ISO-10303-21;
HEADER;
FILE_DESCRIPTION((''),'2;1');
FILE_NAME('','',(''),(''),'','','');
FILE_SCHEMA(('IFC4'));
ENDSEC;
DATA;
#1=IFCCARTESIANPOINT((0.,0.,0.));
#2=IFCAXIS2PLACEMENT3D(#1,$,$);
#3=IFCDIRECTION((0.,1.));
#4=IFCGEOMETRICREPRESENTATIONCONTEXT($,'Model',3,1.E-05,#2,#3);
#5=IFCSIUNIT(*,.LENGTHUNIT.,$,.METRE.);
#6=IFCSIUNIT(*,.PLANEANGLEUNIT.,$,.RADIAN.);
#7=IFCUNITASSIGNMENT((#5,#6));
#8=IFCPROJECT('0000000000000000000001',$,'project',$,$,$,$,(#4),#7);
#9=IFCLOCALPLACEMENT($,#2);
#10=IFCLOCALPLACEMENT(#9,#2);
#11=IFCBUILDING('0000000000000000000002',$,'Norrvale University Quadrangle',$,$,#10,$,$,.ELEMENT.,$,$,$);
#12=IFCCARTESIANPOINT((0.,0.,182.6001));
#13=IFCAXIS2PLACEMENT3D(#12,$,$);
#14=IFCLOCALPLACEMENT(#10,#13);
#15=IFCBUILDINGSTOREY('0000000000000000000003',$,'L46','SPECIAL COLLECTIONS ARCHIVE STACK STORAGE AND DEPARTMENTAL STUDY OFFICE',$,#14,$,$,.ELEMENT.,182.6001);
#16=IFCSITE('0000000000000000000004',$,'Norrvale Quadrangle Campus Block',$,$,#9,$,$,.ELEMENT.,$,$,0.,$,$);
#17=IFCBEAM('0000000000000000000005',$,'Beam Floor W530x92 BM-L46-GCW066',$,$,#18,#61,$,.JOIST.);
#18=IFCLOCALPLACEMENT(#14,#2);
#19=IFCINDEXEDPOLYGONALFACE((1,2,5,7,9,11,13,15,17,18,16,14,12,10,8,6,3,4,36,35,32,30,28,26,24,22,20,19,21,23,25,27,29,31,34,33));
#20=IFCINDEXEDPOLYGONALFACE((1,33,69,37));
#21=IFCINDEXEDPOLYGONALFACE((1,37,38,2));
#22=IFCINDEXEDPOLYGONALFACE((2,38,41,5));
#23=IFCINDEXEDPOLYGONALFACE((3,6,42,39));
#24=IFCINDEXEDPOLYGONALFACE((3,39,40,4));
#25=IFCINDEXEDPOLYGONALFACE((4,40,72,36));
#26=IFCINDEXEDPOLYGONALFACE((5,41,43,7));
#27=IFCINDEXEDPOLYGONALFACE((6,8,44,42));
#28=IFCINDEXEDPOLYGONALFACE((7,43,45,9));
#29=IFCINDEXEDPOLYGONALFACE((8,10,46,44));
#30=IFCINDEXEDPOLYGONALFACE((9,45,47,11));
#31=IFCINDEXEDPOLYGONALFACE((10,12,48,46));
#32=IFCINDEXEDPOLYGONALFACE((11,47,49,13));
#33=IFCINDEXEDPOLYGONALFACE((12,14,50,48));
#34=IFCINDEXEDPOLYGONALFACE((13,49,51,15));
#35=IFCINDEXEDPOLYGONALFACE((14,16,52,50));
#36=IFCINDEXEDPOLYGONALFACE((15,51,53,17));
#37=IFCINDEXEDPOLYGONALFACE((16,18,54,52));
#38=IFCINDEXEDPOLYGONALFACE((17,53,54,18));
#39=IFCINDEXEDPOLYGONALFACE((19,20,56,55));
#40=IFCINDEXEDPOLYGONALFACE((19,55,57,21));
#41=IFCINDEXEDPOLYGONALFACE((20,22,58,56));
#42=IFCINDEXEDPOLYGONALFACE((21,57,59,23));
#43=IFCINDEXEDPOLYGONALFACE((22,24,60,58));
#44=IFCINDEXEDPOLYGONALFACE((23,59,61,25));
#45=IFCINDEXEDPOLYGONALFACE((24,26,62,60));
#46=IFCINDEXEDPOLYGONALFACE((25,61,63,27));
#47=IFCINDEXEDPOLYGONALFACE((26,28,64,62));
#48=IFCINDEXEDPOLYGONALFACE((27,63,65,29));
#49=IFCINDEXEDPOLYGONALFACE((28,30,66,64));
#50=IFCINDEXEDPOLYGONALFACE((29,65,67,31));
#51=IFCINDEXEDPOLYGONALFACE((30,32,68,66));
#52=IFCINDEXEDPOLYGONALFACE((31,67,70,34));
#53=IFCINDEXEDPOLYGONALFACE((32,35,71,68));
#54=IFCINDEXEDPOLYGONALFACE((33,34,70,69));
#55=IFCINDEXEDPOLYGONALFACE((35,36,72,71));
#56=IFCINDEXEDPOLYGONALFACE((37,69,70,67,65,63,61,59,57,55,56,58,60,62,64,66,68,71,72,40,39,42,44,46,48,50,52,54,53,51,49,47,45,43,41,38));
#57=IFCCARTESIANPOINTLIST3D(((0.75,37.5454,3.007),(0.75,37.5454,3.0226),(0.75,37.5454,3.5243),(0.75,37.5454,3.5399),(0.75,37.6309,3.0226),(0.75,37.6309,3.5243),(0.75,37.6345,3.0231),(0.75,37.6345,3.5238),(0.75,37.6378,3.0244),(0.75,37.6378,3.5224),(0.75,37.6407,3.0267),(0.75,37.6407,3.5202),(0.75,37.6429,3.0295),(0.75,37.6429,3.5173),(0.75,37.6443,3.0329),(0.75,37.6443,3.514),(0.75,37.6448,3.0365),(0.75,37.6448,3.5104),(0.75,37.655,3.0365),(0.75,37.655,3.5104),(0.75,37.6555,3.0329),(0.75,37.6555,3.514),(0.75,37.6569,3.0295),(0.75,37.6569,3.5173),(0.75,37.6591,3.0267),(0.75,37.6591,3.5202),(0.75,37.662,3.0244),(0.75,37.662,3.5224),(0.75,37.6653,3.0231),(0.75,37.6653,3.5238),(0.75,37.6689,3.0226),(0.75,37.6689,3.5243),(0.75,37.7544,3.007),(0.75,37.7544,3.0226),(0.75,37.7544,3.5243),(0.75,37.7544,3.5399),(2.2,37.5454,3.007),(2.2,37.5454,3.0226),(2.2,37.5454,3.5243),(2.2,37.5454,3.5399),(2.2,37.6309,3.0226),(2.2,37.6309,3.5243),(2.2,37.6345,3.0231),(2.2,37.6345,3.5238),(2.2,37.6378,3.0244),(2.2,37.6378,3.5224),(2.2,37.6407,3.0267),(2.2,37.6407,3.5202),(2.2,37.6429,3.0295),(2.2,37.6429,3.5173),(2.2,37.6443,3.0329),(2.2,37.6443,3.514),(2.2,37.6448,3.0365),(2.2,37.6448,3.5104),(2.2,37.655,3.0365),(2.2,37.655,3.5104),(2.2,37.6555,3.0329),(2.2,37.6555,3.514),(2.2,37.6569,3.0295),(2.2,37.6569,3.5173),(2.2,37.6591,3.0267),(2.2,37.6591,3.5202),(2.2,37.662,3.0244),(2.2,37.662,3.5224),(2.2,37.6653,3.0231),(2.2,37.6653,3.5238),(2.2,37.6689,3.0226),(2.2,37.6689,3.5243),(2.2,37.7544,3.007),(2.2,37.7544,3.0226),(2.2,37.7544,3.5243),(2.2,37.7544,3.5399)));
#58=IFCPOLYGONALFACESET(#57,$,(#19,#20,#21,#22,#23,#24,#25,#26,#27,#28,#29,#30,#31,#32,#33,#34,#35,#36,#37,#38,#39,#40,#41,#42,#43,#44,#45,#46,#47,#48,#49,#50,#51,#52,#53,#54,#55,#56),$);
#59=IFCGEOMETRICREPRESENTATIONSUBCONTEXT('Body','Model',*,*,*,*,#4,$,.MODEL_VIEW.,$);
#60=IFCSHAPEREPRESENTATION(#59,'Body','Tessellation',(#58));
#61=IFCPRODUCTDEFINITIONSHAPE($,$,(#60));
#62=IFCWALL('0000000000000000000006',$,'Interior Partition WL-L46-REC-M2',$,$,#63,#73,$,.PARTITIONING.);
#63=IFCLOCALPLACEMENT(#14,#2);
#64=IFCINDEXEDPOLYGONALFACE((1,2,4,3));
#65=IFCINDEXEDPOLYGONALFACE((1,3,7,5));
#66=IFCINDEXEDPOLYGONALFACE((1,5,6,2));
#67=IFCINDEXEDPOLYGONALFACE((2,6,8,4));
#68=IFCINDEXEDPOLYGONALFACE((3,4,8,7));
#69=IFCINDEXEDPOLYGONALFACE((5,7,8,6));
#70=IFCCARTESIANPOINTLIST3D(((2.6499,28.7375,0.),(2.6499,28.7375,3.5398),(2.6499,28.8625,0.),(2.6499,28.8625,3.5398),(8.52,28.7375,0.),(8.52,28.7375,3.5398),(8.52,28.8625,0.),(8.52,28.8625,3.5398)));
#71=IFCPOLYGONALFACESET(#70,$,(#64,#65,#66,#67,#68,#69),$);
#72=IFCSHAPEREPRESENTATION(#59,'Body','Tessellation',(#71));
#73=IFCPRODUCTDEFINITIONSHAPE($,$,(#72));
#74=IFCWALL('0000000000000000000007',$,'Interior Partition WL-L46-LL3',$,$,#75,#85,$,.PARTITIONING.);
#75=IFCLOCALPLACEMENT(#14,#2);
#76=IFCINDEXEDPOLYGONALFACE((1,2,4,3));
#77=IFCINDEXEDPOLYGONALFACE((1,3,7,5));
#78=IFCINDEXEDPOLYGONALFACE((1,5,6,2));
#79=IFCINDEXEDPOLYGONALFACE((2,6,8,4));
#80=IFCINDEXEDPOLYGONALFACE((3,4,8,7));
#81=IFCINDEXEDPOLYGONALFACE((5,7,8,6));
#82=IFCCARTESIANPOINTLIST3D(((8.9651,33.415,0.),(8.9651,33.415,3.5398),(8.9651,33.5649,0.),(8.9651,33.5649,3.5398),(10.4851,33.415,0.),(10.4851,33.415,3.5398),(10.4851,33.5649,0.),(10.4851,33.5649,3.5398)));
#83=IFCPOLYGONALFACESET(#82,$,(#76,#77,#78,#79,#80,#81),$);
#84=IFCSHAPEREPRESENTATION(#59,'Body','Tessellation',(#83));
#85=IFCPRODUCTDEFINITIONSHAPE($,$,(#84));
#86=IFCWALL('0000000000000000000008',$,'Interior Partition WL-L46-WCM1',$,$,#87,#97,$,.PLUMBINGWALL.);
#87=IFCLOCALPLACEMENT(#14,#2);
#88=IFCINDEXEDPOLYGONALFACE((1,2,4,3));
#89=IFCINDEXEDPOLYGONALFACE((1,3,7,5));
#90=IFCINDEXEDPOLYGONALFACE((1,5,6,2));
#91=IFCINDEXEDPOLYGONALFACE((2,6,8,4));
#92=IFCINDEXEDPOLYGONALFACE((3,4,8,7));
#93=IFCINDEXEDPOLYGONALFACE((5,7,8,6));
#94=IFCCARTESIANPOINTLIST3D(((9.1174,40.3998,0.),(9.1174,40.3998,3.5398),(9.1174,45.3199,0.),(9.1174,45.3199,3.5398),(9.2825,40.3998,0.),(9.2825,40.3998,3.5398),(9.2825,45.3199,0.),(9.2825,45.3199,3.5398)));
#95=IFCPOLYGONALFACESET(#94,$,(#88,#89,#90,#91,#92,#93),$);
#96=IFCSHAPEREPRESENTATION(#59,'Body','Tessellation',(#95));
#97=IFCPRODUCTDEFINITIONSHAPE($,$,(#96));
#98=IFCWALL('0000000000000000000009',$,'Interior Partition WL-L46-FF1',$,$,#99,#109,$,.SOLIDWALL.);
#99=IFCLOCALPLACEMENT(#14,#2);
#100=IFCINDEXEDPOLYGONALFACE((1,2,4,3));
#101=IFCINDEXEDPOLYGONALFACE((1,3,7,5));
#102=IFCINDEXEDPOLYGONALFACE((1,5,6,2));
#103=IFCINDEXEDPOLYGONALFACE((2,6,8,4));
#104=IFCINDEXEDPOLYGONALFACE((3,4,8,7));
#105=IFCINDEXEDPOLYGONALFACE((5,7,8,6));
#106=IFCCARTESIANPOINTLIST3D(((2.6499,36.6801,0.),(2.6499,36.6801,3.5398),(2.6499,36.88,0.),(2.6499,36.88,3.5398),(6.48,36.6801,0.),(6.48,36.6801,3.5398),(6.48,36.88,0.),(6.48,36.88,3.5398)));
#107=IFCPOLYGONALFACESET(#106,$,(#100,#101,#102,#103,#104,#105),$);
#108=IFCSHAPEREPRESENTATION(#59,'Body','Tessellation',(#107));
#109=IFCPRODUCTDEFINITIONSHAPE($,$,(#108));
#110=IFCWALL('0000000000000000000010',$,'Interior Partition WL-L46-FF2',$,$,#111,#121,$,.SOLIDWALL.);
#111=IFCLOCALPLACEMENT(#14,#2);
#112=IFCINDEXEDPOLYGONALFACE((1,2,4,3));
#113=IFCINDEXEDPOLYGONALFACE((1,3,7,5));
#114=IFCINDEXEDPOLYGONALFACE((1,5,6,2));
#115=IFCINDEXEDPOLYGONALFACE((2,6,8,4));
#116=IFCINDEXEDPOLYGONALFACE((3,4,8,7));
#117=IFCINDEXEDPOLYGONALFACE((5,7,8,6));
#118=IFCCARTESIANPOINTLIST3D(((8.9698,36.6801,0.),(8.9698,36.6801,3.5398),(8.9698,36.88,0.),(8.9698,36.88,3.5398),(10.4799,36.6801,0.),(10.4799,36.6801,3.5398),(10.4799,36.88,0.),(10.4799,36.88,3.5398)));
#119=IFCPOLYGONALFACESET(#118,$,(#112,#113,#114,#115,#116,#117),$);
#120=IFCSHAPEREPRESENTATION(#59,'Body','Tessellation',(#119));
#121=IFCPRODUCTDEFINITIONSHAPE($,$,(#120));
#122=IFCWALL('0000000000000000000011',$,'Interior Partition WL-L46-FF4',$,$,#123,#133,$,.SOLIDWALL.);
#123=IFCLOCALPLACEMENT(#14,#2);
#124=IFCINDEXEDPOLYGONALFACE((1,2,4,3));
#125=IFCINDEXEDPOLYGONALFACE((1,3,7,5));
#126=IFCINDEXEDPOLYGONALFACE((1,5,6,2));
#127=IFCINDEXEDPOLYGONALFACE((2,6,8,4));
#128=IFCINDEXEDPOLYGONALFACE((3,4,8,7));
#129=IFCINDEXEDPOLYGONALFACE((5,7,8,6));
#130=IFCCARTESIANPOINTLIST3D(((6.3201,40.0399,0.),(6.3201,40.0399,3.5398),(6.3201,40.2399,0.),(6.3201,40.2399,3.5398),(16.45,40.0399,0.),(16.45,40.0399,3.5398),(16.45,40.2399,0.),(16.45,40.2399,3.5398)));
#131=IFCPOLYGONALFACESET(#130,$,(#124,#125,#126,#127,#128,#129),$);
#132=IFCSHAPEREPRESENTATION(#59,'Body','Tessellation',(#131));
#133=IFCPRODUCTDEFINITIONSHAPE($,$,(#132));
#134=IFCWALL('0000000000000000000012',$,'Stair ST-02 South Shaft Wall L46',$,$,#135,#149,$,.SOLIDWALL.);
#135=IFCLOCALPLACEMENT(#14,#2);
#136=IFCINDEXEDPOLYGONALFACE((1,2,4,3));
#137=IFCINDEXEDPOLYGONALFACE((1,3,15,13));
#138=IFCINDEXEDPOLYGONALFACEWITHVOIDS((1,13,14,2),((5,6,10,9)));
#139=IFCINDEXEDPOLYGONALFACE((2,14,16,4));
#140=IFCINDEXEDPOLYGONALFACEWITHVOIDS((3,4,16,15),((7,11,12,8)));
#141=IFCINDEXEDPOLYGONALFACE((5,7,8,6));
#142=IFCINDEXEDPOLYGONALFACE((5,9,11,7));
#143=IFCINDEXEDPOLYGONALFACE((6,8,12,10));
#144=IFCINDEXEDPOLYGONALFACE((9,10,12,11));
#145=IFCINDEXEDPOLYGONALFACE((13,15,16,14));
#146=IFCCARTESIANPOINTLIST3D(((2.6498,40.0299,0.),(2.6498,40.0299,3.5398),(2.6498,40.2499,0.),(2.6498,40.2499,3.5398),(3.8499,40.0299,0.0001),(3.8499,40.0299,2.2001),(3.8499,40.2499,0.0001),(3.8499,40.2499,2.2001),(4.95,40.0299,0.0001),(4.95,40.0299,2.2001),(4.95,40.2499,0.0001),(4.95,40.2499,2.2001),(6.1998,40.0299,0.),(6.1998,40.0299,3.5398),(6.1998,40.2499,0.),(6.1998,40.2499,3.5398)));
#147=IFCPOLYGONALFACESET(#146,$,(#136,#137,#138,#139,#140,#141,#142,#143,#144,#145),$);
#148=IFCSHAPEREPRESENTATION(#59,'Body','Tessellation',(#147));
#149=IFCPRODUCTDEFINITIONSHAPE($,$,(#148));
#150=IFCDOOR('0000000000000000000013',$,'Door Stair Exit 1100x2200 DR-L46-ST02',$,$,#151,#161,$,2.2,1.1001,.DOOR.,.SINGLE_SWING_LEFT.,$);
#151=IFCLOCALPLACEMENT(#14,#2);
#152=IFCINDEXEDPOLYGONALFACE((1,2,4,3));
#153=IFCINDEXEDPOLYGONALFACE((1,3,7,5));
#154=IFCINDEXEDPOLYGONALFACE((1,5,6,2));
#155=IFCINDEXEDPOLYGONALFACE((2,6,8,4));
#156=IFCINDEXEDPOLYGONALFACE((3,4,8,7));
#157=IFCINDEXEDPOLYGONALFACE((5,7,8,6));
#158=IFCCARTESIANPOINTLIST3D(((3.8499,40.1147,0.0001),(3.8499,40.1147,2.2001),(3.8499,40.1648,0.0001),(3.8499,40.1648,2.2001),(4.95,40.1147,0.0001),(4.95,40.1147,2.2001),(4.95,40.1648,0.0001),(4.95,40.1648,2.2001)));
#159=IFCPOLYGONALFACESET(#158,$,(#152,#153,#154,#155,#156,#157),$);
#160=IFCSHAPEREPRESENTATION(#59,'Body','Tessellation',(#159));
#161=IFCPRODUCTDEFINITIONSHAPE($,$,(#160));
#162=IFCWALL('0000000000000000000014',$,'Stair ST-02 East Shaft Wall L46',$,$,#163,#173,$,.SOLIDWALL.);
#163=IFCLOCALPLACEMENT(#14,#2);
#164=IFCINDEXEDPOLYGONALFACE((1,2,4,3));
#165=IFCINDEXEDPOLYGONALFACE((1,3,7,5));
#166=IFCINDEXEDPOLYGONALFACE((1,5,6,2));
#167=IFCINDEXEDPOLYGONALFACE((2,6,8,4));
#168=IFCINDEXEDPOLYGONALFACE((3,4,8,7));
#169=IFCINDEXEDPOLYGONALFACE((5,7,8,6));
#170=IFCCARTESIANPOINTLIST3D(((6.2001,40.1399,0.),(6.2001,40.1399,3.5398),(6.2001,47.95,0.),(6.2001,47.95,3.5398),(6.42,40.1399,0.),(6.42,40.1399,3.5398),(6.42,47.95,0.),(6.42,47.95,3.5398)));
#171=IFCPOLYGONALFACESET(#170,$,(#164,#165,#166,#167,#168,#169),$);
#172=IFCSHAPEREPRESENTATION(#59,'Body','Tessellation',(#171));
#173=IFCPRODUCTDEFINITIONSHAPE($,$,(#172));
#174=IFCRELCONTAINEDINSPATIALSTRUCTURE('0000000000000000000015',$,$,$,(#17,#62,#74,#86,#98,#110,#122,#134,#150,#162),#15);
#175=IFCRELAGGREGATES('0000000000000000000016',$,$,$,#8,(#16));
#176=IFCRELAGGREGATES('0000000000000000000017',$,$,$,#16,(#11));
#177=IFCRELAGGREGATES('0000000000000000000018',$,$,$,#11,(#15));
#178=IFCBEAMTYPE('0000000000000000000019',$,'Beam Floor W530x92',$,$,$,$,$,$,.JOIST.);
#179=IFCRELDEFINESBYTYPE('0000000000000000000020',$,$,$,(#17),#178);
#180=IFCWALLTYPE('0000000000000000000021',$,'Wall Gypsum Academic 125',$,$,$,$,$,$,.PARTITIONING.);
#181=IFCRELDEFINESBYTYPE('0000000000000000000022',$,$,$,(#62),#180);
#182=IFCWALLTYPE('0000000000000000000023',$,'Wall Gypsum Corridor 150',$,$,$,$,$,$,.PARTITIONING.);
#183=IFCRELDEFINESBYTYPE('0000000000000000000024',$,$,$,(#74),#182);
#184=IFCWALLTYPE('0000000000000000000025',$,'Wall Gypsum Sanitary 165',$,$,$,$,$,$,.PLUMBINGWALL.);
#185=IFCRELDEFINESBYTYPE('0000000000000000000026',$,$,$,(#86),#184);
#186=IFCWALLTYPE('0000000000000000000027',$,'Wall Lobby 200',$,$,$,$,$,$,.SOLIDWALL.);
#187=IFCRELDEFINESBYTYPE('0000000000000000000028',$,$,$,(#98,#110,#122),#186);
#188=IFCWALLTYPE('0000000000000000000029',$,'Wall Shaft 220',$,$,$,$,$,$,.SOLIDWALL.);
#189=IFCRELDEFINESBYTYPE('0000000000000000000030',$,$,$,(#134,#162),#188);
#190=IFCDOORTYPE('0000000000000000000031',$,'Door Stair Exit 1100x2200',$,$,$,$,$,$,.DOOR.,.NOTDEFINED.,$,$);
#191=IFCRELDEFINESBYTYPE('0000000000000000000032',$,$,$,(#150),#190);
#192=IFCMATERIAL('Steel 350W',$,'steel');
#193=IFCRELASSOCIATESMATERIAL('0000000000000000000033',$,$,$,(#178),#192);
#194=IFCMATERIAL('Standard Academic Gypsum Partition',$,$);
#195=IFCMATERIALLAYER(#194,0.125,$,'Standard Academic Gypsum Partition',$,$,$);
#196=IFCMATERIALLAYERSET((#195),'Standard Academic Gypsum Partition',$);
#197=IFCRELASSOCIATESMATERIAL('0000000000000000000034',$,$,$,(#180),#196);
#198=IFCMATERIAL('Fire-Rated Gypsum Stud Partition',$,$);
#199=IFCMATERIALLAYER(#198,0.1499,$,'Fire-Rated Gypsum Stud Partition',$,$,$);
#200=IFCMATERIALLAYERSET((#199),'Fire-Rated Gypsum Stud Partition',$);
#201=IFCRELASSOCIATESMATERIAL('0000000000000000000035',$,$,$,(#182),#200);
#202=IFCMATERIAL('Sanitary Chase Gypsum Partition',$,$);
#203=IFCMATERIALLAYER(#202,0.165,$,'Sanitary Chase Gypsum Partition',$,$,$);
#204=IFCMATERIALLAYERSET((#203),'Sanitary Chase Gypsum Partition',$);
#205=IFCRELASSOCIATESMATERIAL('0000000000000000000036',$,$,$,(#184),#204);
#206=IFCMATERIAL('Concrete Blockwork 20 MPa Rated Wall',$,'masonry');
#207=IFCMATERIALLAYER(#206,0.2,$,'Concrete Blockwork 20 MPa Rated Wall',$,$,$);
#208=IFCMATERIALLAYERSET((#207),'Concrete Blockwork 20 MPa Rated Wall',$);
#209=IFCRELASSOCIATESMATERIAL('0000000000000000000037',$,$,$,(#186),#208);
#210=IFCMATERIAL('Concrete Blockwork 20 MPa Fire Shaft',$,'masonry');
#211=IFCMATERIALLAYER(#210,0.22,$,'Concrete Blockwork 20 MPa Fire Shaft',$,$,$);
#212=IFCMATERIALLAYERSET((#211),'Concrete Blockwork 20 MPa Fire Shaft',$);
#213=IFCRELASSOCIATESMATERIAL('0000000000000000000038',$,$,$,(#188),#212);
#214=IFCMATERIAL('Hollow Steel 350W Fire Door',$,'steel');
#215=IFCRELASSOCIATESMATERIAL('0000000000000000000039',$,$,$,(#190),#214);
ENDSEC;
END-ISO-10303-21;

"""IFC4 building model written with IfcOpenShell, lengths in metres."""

from ifc_helpers import new_model, si_unit, direction, frame, frame_2d, origin, origin_2d, place, context, subcontext, project, spatial, rectangle, i_section, extrude, material, layer, layer_set, material_profile, profile_set, type_object, element, fill, save


model = new_model("IFC4")

# Units and contexts
model_context = context("Model", 3, precision=1e-05, world=origin(), true_north=direction((0.0, 1.0)))
body_context = subcontext(model_context, "Body", "Model", "MODEL_VIEW")
ifc_project = project(units=[si_unit("LENGTHUNIT", "METRE"), si_unit("PLANEANGLEUNIT", "RADIAN")], contexts=[model_context])

# Site, building, storey
site_placement = place(None, origin())
site = spatial("IfcSite", under=ifc_project, at=site_placement, Name="Norrvale Quadrangle Campus Block", CompositionType="ELEMENT", RefElevation=0.0)
building_placement = place(site_placement, origin())
building = spatial("IfcBuilding", under=site, at=building_placement, Name="Norrvale University Quadrangle", CompositionType="ELEMENT")
storey_placement = place(building_placement, frame((0.0, 0.0, 182.6001)))
storey = spatial("IfcBuildingStorey", under=building, at=storey_placement, Name="L46", Description="SPECIAL COLLECTIONS ARCHIVE STACK STORAGE AND DEPARTMENTAL STUDY OFFICE", CompositionType="ELEMENT", Elevation=182.6001)

# Beam
ifc_material_1 = material(Name="Steel 350W", Category="steel")
ifc_material_profile_1 = material_profile(ifc_material_1, i_section(OverallWidth=0.209, OverallDepth=0.533, WebThickness=0.0103, FlangeThickness=0.0156, FilletRadius=0.0139, at=origin_2d()), Name="Steel 350W")
ifc_profile_set_1 = profile_set([ifc_material_profile_1], Name="Steel 350W")
beam_type = type_object("IfcBeamType", Name="Beam Floor W530x92", PredefinedType="JOIST", material=ifc_profile_set_1)
for number, where, z_axis, x_axis, name in (
    (1, (0.75, 37.6499, 3.2734), (1.0, 0.0, 0.0), (0.0, 1.0, 0.0), "Beam Floor W530x92 BM-L46-GCW066"),
):
    element("IfcBeam", number, at=place(storey_placement, frame(where, z_axis=z_axis, x_axis=x_axis)), inside=storey, type_object=beam_type, Name=name, PredefinedType="JOIST", context=body_context, shape_type="SweptSolid", body=[
        extrude(i_section(OverallWidth=0.209, OverallDepth=0.533, WebThickness=0.0103, FlangeThickness=0.0156, FilletRadius=0.0139, at=origin_2d()), origin(), (0.0, 0.0, 1.0), 1.45),
    ])

# Walls
ifc_material_2 = material(Name="Standard Academic Gypsum Partition")
ifc_layer_1 = layer(ifc_material_2, 0.125, Name="Standard Academic Gypsum Partition")
ifc_layer_set_1 = layer_set([ifc_layer_1], Name="Standard Academic Gypsum Partition")
wall_type_1 = type_object("IfcWallType", Name="Wall Gypsum Academic 125", PredefinedType="PARTITIONING", material=ifc_layer_set_1)
wall_1_placement = place(storey_placement, frame((2.6499, 28.8, 0.0), z_axis=(0.0, 0.0, 1.0), x_axis=(1.0, 0.0, 0.0)))
element("IfcWall", 2, at=wall_1_placement, inside=storey, type_object=wall_type_1, Name="Interior Partition WL-L46-REC-M2", PredefinedType="PARTITIONING", context=body_context, shape_type="SweptSolid", body=[
    extrude(rectangle(XDim=5.8701, YDim=0.125, at=frame_2d((2.9351, 0.0))), origin(), (0.0, 0.0, 1.0), 3.5398),
])
ifc_material_3 = material(Name="Fire-Rated Gypsum Stud Partition")
ifc_layer_2 = layer(ifc_material_3, 0.1499, Name="Fire-Rated Gypsum Stud Partition")
ifc_layer_set_2 = layer_set([ifc_layer_2], Name="Fire-Rated Gypsum Stud Partition")
wall_type_2 = type_object("IfcWallType", Name="Wall Gypsum Corridor 150", PredefinedType="PARTITIONING", material=ifc_layer_set_2)
wall_2_placement = place(storey_placement, frame((8.9651, 33.49, 0.0), z_axis=(0.0, 0.0, 1.0), x_axis=(1.0, 0.0, 0.0)))
element("IfcWall", 3, at=wall_2_placement, inside=storey, type_object=wall_type_2, Name="Interior Partition WL-L46-LL3", PredefinedType="PARTITIONING", context=body_context, shape_type="SweptSolid", body=[
    extrude(rectangle(XDim=1.52, YDim=0.1499, at=frame_2d((0.76, 0.0))), origin(), (0.0, 0.0, 1.0), 3.5398),
])
ifc_material_4 = material(Name="Sanitary Chase Gypsum Partition")
ifc_layer_3 = layer(ifc_material_4, 0.165, Name="Sanitary Chase Gypsum Partition")
ifc_layer_set_3 = layer_set([ifc_layer_3], Name="Sanitary Chase Gypsum Partition")
wall_type_3 = type_object("IfcWallType", Name="Wall Gypsum Sanitary 165", PredefinedType="PLUMBINGWALL", material=ifc_layer_set_3)
wall_3_placement = place(storey_placement, frame((9.2, 40.3999, 0.0), z_axis=(0.0, 0.0, 1.0), x_axis=(0.0, 1.0, 0.0)))
element("IfcWall", 4, at=wall_3_placement, inside=storey, type_object=wall_type_3, Name="Interior Partition WL-L46-WCM1", PredefinedType="PLUMBINGWALL", context=body_context, shape_type="SweptSolid", body=[
    extrude(rectangle(XDim=4.9202, YDim=0.165, at=frame_2d((2.46, 0.0))), origin(), (0.0, 0.0, 1.0), 3.5398),
])
ifc_material_5 = material(Name="Concrete Blockwork 20 MPa Rated Wall", Category="masonry")
ifc_layer_4 = layer(ifc_material_5, 0.2, Name="Concrete Blockwork 20 MPa Rated Wall")
ifc_layer_set_4 = layer_set([ifc_layer_4], Name="Concrete Blockwork 20 MPa Rated Wall")
wall_type_4 = type_object("IfcWallType", Name="Wall Lobby 200", PredefinedType="SOLIDWALL", material=ifc_layer_set_4)
wall_4_placement = place(storey_placement, frame((2.6499, 36.78, 0.0), z_axis=(0.0, 0.0, 1.0), x_axis=(1.0, 0.0, 0.0)))
element("IfcWall", 5, at=wall_4_placement, inside=storey, type_object=wall_type_4, Name="Interior Partition WL-L46-FF1", PredefinedType="SOLIDWALL", context=body_context, shape_type="SweptSolid", body=[
    extrude(rectangle(XDim=3.8301, YDim=0.2, at=frame_2d((1.915, 0.0))), origin(), (0.0, 0.0, 1.0), 3.5398),
])
wall_5_placement = place(storey_placement, frame((8.97, 36.78, 0.0), z_axis=(0.0, 0.0, 1.0), x_axis=(1.0, 0.0, 0.0)))
element("IfcWall", 6, at=wall_5_placement, inside=storey, type_object=wall_type_4, Name="Interior Partition WL-L46-FF2", PredefinedType="SOLIDWALL", context=body_context, shape_type="SweptSolid", body=[
    extrude(rectangle(XDim=1.51, YDim=0.2, at=frame_2d((0.7549, 0.0))), origin(), (0.0, 0.0, 1.0), 3.5398),
])
wall_6_placement = place(storey_placement, frame((6.3201, 40.1399, 0.0), z_axis=(0.0, 0.0, 1.0), x_axis=(1.0, 0.0, 0.0)))
element("IfcWall", 7, at=wall_6_placement, inside=storey, type_object=wall_type_4, Name="Interior Partition WL-L46-FF4", PredefinedType="SOLIDWALL", context=body_context, shape_type="SweptSolid", body=[
    extrude(rectangle(XDim=10.1299, YDim=0.2, at=frame_2d((5.0649, 0.0))), origin(), (0.0, 0.0, 1.0), 3.5398),
])

# Wall, opening, door
ifc_material_6 = material(Name="Concrete Blockwork 20 MPa Fire Shaft", Category="masonry")
ifc_layer_5 = layer(ifc_material_6, 0.22, Name="Concrete Blockwork 20 MPa Fire Shaft")
ifc_layer_set_5 = layer_set([ifc_layer_5], Name="Concrete Blockwork 20 MPa Fire Shaft")
wall_type_5 = type_object("IfcWallType", Name="Wall Shaft 220", PredefinedType="SOLIDWALL", material=ifc_layer_set_5)
wall_7_placement = place(storey_placement, frame((2.6499, 40.1399, 0.0), z_axis=(0.0, 0.0, 1.0), x_axis=(1.0, 0.0, 0.0)))
wall_7 = element("IfcWall", 8, at=wall_7_placement, inside=storey, type_object=wall_type_5, Name="Stair ST-02 South Shaft Wall L46", PredefinedType="SOLIDWALL", context=body_context, shape_type="SweptSolid", body=[
    extrude(rectangle(XDim=3.55, YDim=0.22, at=frame_2d((1.7749, 0.0))), origin(), (0.0, 0.0, 1.0), 3.5398),
])
opening_1_placement = place(wall_7_placement, frame((1.2, 0.0, 0.0)))
opening_1 = element("IfcOpeningElement", 9, at=opening_1_placement, cuts=wall_7, PredefinedType="OPENING", context=body_context, shape_type="SweptSolid", body=[
    extrude(rectangle(XDim=1.1001, YDim=2.2, at=frame_2d((0.55, 1.1001))), frame((0.0, 0.1221, 0.0), z_axis=(0.0, -1.0, 0.0), x_axis=(1.0, 0.0, 0.0)), (0.0, 0.0, 1.0), 0.2439),
])
ifc_material_7 = material(Name="Hollow Steel 350W Fire Door", Category="steel")
door_type_1 = type_object("IfcDoorType", Name="Door Stair Exit 1100x2200", OperationType="NOTDEFINED", PredefinedType="DOOR", material=ifc_material_7)
door_1_placement = place(opening_1_placement, origin())
door_1 = element("IfcDoor", 10, at=door_1_placement, inside=storey, type_object=door_type_1, Name="Door Stair Exit 1100x2200 DR-L46-ST02", OperationType="SINGLE_SWING_LEFT", OverallHeight=2.2, OverallWidth=1.1001, PredefinedType="DOOR", context=body_context, shape_type="SweptSolid", body=[
    extrude(rectangle(XDim=1.1001, YDim=2.2, at=frame_2d((0.55, 1.1001))), frame((0.0, 0.0249, 0.0), z_axis=(0.0, -1.0, 0.0), x_axis=(1.0, 0.0, 0.0)), (0.0, 0.0, 1.0), 0.05),
])
fill(opening_1, door_1)

# Wall
wall_8_placement = place(storey_placement, frame((6.3101, 40.1399, 0.0), z_axis=(0.0, 0.0, 1.0), x_axis=(0.0, 1.0, 0.0)))
element("IfcWall", 11, at=wall_8_placement, inside=storey, type_object=wall_type_5, Name="Stair ST-02 East Shaft Wall L46", PredefinedType="SOLIDWALL", context=body_context, shape_type="SweptSolid", body=[
    extrude(rectangle(XDim=7.8101, YDim=0.22, at=frame_2d((3.905, 0.0))), origin(), (0.0, 0.0, 1.0), 3.5398),
])

save(model, "model.ifc")
